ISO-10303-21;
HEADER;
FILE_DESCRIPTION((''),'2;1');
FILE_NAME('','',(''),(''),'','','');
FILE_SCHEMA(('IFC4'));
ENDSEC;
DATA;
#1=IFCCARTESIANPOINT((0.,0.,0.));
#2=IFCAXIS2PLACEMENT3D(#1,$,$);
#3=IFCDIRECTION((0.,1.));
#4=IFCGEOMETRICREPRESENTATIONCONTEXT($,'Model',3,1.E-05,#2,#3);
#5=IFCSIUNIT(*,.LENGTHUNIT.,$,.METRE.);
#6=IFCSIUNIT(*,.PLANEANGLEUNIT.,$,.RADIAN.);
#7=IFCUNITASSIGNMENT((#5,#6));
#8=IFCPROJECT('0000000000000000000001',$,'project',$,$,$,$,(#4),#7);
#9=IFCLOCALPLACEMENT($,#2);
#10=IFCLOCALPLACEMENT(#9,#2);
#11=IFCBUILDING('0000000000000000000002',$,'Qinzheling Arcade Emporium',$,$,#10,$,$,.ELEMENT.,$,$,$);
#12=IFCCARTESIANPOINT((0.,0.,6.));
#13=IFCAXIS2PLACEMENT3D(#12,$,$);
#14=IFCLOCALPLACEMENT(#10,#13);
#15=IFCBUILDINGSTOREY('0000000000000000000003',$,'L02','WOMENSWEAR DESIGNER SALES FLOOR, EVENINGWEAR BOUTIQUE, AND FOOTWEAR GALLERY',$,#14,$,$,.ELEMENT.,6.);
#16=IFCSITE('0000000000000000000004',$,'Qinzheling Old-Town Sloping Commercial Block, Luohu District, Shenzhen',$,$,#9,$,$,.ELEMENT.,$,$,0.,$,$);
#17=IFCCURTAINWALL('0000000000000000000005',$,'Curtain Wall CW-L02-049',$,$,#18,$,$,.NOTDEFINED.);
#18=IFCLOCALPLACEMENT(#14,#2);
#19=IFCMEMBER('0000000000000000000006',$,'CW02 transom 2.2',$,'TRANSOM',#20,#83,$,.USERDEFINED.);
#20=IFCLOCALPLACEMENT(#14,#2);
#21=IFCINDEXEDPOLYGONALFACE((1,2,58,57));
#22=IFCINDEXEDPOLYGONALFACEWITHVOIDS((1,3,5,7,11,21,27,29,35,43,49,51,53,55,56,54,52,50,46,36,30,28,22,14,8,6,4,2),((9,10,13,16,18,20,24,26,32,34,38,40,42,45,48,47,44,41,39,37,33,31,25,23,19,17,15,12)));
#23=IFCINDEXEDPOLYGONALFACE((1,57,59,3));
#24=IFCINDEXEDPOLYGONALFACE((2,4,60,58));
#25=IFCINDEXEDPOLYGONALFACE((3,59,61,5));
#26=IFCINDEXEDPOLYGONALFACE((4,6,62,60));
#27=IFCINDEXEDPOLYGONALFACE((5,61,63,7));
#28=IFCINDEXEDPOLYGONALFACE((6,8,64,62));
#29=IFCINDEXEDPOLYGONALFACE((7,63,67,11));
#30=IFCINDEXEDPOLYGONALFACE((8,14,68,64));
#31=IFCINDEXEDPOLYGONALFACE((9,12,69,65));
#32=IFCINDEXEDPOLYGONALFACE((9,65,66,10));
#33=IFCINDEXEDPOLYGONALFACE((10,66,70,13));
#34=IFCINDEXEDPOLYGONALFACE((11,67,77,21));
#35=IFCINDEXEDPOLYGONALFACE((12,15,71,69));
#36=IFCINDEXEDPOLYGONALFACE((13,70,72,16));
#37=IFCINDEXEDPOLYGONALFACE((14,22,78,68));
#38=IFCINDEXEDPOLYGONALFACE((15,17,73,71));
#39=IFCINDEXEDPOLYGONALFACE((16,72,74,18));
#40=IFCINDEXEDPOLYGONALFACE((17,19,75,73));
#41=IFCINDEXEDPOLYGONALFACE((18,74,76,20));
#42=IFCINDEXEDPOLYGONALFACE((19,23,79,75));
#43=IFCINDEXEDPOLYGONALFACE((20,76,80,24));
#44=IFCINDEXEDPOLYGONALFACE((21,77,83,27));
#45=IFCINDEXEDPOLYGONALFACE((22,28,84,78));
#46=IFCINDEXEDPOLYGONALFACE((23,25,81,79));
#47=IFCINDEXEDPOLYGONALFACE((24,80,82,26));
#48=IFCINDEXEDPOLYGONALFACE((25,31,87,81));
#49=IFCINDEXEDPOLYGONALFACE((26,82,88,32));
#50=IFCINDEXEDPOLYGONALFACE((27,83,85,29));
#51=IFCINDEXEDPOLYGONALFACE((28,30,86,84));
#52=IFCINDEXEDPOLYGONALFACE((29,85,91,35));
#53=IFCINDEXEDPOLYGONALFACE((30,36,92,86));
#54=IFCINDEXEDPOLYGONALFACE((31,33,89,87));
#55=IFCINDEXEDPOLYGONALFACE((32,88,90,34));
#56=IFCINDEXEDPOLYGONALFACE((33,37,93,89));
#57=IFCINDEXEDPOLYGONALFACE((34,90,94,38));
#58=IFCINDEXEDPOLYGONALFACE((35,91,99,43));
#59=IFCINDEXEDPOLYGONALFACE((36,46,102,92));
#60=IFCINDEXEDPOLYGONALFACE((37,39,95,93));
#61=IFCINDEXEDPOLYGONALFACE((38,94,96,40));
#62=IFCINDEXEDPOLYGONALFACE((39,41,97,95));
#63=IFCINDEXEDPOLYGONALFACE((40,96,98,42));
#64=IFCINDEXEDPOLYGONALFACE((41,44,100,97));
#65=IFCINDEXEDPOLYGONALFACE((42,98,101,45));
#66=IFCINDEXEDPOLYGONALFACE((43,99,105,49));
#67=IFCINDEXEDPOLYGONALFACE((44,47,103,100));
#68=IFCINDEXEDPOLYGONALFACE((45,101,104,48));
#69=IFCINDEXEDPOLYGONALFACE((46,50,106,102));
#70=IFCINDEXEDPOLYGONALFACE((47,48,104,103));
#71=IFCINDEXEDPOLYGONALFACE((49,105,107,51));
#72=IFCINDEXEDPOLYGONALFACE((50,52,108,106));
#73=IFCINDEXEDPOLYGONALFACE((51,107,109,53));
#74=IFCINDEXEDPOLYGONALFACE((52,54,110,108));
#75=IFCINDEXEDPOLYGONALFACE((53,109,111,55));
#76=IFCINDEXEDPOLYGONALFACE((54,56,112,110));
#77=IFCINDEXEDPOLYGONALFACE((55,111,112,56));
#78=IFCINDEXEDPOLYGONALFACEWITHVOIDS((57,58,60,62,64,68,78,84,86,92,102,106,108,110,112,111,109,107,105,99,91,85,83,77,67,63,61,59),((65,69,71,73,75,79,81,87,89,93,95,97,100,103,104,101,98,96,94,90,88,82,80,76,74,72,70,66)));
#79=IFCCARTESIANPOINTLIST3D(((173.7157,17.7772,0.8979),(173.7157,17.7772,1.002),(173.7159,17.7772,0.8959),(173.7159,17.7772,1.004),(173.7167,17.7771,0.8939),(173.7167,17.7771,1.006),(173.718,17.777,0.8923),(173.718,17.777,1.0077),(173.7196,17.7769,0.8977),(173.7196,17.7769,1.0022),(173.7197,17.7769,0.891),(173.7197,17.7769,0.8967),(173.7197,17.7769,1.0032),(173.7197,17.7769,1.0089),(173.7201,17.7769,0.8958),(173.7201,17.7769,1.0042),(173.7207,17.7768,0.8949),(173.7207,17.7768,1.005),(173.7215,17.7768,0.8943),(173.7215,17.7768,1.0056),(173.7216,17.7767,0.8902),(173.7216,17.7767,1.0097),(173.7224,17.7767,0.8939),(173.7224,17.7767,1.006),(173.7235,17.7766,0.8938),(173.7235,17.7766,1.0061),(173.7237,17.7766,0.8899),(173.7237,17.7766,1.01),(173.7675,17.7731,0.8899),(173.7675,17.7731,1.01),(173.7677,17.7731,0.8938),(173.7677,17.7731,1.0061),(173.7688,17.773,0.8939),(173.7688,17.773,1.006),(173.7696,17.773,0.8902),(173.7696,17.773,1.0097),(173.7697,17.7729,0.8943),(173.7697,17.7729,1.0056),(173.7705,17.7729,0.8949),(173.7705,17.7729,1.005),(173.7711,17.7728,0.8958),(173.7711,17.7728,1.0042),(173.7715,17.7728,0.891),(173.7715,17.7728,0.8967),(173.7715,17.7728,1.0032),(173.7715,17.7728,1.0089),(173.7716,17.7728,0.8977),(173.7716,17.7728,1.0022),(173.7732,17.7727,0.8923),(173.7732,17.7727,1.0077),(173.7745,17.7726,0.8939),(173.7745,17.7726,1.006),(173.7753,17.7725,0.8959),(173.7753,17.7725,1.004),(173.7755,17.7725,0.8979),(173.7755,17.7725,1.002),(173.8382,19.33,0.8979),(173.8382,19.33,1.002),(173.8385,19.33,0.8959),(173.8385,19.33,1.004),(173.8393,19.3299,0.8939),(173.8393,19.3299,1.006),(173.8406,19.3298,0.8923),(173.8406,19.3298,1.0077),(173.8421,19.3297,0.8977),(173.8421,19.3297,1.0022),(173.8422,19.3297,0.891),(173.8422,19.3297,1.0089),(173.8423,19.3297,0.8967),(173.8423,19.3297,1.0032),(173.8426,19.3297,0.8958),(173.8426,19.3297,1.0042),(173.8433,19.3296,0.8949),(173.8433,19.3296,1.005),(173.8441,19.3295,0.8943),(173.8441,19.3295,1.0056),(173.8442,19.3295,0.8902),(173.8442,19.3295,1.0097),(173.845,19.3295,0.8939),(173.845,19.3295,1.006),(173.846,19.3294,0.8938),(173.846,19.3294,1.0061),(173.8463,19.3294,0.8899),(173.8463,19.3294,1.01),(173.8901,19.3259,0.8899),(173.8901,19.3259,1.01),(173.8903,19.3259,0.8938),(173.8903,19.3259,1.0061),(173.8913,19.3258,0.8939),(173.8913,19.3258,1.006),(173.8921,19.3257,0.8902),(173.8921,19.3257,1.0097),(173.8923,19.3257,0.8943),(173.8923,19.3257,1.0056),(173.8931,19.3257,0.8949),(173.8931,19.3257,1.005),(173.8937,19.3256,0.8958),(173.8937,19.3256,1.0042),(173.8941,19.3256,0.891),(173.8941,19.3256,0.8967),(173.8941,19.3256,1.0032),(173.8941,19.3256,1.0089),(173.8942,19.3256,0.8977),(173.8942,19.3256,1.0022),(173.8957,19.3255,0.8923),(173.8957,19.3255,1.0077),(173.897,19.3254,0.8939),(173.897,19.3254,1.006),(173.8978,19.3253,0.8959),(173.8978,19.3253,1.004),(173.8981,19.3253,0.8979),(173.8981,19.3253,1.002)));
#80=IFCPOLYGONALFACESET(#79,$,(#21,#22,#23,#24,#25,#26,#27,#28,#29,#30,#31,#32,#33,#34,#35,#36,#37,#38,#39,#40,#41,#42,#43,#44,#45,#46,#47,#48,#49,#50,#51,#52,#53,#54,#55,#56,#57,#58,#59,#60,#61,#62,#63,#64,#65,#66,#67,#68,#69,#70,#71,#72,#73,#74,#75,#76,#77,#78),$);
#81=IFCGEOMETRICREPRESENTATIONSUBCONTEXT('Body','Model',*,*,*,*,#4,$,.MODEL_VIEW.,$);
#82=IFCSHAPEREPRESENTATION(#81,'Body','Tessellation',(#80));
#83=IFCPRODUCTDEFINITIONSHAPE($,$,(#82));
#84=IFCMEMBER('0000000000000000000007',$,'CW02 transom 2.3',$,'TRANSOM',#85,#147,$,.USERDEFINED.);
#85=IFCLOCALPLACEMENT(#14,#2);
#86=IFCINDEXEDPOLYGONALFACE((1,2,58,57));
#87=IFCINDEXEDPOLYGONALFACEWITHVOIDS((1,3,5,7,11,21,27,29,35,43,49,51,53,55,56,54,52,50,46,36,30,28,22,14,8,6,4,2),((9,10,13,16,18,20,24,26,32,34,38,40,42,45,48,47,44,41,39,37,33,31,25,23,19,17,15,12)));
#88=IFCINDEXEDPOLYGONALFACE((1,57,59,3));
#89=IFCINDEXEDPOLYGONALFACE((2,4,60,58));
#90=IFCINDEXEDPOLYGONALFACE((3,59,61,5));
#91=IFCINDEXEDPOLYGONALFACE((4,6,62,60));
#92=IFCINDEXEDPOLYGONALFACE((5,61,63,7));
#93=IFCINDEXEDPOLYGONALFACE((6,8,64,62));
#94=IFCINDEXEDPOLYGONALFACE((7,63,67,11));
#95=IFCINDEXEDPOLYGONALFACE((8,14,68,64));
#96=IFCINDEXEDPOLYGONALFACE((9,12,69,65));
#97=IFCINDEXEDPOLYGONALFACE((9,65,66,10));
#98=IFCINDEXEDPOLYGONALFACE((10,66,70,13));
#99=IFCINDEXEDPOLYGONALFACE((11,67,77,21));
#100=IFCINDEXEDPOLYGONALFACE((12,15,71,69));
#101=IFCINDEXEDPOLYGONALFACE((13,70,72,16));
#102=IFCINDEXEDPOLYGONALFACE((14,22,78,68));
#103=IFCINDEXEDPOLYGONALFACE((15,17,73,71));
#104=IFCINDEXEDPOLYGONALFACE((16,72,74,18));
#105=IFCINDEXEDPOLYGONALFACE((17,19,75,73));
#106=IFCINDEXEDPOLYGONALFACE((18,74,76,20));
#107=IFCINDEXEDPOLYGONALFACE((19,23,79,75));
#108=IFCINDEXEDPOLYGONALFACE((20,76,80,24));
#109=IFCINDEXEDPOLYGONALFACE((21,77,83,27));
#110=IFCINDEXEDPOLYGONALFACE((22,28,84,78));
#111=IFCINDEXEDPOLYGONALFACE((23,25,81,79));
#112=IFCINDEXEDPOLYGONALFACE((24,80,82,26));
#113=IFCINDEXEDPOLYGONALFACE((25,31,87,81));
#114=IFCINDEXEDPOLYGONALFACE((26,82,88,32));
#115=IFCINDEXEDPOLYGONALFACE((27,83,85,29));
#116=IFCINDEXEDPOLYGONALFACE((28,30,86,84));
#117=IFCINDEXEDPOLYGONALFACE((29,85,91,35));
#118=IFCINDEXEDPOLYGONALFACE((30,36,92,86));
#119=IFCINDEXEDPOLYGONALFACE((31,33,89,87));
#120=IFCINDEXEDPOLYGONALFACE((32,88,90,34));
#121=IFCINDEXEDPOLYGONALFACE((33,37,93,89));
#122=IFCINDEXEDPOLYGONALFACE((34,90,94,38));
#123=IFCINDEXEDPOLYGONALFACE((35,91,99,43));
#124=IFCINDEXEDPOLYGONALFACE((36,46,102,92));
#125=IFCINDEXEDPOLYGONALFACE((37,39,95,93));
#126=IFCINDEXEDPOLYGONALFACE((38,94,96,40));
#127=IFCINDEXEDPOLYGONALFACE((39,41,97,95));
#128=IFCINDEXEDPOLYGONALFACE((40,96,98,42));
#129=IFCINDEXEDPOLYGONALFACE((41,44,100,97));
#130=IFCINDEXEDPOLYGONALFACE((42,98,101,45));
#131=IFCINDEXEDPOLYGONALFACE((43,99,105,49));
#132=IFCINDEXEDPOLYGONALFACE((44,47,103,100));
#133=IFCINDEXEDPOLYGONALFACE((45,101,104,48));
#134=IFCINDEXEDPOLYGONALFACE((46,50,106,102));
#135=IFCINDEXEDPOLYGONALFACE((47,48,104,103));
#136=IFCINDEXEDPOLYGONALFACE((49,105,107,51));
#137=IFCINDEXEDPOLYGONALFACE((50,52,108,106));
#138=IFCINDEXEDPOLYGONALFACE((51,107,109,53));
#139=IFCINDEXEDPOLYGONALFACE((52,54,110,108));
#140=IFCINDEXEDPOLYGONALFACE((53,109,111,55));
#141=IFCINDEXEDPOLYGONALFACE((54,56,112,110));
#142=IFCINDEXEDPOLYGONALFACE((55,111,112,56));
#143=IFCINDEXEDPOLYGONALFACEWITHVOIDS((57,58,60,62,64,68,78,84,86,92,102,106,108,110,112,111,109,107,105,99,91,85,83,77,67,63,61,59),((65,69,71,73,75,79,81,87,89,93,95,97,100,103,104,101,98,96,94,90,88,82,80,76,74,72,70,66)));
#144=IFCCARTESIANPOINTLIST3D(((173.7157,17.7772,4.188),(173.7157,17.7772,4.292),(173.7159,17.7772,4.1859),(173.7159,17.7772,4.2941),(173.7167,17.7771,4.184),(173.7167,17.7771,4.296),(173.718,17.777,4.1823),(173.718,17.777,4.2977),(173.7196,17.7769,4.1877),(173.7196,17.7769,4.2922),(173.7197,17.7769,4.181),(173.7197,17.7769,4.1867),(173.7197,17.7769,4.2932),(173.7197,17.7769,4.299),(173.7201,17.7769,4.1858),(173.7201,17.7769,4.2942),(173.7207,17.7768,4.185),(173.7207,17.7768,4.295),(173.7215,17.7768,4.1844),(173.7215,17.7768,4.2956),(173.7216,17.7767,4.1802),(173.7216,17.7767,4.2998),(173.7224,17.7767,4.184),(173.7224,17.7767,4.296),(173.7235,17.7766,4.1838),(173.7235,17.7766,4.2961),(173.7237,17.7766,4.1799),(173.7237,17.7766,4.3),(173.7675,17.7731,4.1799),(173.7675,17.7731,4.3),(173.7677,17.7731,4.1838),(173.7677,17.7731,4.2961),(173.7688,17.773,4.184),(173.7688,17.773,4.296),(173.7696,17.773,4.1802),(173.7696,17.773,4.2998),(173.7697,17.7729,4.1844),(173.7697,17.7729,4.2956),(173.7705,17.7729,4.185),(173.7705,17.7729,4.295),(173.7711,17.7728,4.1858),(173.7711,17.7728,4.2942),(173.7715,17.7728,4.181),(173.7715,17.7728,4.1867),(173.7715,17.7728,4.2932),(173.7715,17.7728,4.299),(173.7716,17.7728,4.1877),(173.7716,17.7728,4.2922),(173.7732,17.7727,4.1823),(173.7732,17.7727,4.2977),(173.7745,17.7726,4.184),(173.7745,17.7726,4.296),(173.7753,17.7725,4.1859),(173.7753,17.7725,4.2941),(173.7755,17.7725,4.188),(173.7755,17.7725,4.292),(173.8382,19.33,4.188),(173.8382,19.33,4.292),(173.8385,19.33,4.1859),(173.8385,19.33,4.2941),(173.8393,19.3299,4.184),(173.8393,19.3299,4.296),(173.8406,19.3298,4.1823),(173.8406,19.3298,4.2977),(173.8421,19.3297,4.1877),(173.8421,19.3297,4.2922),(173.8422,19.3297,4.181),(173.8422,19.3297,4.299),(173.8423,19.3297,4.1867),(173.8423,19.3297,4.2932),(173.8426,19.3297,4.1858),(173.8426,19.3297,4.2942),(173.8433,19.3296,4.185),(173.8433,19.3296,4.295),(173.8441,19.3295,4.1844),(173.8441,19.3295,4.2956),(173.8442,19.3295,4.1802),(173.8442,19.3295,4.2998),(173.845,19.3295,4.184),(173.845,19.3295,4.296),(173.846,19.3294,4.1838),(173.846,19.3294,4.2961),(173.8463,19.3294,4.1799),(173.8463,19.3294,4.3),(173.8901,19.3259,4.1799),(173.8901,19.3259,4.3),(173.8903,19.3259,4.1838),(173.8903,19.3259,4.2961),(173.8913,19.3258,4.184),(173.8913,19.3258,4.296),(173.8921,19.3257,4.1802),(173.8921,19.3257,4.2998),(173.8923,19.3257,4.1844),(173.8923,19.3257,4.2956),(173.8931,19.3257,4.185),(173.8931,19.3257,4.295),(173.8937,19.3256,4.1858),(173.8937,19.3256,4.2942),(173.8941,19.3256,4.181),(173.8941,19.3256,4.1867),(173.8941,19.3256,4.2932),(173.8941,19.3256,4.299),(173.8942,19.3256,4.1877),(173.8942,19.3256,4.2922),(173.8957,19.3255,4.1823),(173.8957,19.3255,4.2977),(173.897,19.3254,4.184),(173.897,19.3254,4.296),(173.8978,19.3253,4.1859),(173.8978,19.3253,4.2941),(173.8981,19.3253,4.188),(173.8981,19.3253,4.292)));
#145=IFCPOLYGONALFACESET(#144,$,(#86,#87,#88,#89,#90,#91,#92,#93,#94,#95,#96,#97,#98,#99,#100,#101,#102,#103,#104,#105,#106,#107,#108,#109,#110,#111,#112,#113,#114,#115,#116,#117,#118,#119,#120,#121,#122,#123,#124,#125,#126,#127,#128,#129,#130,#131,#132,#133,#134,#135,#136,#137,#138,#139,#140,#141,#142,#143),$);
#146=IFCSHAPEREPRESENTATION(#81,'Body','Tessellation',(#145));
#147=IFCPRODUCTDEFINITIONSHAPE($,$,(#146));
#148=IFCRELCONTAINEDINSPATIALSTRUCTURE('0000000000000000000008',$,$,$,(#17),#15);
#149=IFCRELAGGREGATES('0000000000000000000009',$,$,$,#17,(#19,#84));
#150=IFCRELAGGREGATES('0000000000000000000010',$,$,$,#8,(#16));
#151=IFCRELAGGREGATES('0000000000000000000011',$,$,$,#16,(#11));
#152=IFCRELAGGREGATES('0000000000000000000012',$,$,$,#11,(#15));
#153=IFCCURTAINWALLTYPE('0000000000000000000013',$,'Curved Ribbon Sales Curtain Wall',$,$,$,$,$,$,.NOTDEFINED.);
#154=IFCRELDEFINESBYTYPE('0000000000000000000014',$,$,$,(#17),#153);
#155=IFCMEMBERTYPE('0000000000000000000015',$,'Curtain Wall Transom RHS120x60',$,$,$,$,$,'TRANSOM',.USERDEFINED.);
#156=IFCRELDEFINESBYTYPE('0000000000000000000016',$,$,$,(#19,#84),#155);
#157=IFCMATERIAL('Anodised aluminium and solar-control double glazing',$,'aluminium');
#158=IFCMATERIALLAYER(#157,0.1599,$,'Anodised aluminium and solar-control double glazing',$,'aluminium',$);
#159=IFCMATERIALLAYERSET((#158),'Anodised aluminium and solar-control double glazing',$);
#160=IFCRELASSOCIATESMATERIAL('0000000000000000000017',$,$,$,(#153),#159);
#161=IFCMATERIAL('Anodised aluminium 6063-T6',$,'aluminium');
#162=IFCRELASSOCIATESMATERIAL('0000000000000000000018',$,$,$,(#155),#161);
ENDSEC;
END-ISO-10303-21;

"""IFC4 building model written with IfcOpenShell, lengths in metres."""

from ifc_helpers import new_model, si_unit, direction, frame, origin, origin_2d, place, context, subcontext, project, spatial, hollow_rectangle, extrude, material, layer, layer_set, material_profile, profile_set, type_object, element, aggregate, save


model = new_model("IFC4")

# Units and contexts
model_context = context("Model", 3, precision=1e-05, world=origin(), true_north=direction((0.0, 1.0)))
body_context = subcontext(model_context, "Body", "Model", "MODEL_VIEW")
ifc_project = project(units=[si_unit("LENGTHUNIT", "METRE"), si_unit("PLANEANGLEUNIT", "RADIAN")], contexts=[model_context])

# Site, building, storey
site_placement = place(None, origin())
site = spatial("IfcSite", under=ifc_project, at=site_placement, Name="Qinzheling Old-Town Sloping Commercial Block, Luohu District, Shenzhen", CompositionType="ELEMENT", RefElevation=0.0)
building_placement = place(site_placement, origin())
building = spatial("IfcBuilding", under=site, at=building_placement, Name="Qinzheling Arcade Emporium", CompositionType="ELEMENT")
storey_placement = place(building_placement, frame((0.0, 0.0, 6.0)))
storey = spatial("IfcBuildingStorey", under=building, at=storey_placement, Name="L02", Description="WOMENSWEAR DESIGNER SALES FLOOR, EVENINGWEAR BOUTIQUE, AND FOOTWEAR GALLERY", CompositionType="ELEMENT", Elevation=6.0)

# Curtain wall, members
ifc_material_1 = material(Name="Anodised aluminium and solar-control double glazing", Category="aluminium")
ifc_layer_1 = layer(ifc_material_1, 0.1599, Name="Anodised aluminium and solar-control double glazing", Category="aluminium")
ifc_layer_set_1 = layer_set([ifc_layer_1], Name="Anodised aluminium and solar-control double glazing")
curtain_wall_type = type_object("IfcCurtainWallType", Name="Curved Ribbon Sales Curtain Wall", PredefinedType="NOTDEFINED", material=ifc_layer_set_1)
curtain_wall_placement = place(storey_placement, origin())
curtain_wall = element("IfcCurtainWall", 1, at=curtain_wall_placement, inside=storey, type_object=curtain_wall_type, Name="Curtain Wall CW-L02-049", PredefinedType="NOTDEFINED")
ifc_material_2 = material(Name="Anodised aluminium 6063-T6", Category="aluminium")
ifc_material_profile_1 = material_profile(ifc_material_2, hollow_rectangle(XDim=0.0601, YDim=0.1201, WallThickness=0.0039, InnerFilletRadius=0.0039, OuterFilletRadius=0.0081, at=origin_2d()), Name="RHS 120x60x4", Category="aluminium")
ifc_profile_set_1 = profile_set([ifc_material_profile_1], Name="Anodised aluminium 6063-T6")
member_type_1 = type_object("IfcMemberType", Name="Curtain Wall Transom RHS120x60", ElementType="TRANSOM", PredefinedType="USERDEFINED", material=ifc_profile_set_1)
member_1_placement = place(storey_placement, frame((173.8682, 19.3276, 0.95), z_axis=(-0.078686, -0.996899, 0.0), x_axis=(0.996899, -0.078686, 0.0)))
member_1 = element("IfcMember", 2, at=member_1_placement, type_object=member_type_1, Name="CW02 transom 2.2", ObjectType="TRANSOM", PredefinedType="USERDEFINED", context=body_context, shape_type="SweptSolid", body=[
    extrude(hollow_rectangle(XDim=0.0601, YDim=0.1201, WallThickness=0.0039, InnerFilletRadius=0.0039, OuterFilletRadius=0.0081, at=origin_2d()), origin(), (0.0, 0.0, 1.0), 1.5576),
])
member_2_placement = place(storey_placement, frame((173.8682, 19.3276, 4.24), z_axis=(-0.078686, -0.996899, 0.0), x_axis=(0.996899, -0.078686, 0.0)))
member_2 = element("IfcMember", 3, at=member_2_placement, type_object=member_type_1, Name="CW02 transom 2.3", ObjectType="TRANSOM", PredefinedType="USERDEFINED", context=body_context, shape_type="SweptSolid", body=[
    extrude(hollow_rectangle(XDim=0.0601, YDim=0.1201, WallThickness=0.0039, InnerFilletRadius=0.0039, OuterFilletRadius=0.0081, at=origin_2d()), origin(), (0.0, 0.0, 1.0), 1.5576),
])
aggregate(curtain_wall, [member_1, member_2])

save(model, "model.ifc")
